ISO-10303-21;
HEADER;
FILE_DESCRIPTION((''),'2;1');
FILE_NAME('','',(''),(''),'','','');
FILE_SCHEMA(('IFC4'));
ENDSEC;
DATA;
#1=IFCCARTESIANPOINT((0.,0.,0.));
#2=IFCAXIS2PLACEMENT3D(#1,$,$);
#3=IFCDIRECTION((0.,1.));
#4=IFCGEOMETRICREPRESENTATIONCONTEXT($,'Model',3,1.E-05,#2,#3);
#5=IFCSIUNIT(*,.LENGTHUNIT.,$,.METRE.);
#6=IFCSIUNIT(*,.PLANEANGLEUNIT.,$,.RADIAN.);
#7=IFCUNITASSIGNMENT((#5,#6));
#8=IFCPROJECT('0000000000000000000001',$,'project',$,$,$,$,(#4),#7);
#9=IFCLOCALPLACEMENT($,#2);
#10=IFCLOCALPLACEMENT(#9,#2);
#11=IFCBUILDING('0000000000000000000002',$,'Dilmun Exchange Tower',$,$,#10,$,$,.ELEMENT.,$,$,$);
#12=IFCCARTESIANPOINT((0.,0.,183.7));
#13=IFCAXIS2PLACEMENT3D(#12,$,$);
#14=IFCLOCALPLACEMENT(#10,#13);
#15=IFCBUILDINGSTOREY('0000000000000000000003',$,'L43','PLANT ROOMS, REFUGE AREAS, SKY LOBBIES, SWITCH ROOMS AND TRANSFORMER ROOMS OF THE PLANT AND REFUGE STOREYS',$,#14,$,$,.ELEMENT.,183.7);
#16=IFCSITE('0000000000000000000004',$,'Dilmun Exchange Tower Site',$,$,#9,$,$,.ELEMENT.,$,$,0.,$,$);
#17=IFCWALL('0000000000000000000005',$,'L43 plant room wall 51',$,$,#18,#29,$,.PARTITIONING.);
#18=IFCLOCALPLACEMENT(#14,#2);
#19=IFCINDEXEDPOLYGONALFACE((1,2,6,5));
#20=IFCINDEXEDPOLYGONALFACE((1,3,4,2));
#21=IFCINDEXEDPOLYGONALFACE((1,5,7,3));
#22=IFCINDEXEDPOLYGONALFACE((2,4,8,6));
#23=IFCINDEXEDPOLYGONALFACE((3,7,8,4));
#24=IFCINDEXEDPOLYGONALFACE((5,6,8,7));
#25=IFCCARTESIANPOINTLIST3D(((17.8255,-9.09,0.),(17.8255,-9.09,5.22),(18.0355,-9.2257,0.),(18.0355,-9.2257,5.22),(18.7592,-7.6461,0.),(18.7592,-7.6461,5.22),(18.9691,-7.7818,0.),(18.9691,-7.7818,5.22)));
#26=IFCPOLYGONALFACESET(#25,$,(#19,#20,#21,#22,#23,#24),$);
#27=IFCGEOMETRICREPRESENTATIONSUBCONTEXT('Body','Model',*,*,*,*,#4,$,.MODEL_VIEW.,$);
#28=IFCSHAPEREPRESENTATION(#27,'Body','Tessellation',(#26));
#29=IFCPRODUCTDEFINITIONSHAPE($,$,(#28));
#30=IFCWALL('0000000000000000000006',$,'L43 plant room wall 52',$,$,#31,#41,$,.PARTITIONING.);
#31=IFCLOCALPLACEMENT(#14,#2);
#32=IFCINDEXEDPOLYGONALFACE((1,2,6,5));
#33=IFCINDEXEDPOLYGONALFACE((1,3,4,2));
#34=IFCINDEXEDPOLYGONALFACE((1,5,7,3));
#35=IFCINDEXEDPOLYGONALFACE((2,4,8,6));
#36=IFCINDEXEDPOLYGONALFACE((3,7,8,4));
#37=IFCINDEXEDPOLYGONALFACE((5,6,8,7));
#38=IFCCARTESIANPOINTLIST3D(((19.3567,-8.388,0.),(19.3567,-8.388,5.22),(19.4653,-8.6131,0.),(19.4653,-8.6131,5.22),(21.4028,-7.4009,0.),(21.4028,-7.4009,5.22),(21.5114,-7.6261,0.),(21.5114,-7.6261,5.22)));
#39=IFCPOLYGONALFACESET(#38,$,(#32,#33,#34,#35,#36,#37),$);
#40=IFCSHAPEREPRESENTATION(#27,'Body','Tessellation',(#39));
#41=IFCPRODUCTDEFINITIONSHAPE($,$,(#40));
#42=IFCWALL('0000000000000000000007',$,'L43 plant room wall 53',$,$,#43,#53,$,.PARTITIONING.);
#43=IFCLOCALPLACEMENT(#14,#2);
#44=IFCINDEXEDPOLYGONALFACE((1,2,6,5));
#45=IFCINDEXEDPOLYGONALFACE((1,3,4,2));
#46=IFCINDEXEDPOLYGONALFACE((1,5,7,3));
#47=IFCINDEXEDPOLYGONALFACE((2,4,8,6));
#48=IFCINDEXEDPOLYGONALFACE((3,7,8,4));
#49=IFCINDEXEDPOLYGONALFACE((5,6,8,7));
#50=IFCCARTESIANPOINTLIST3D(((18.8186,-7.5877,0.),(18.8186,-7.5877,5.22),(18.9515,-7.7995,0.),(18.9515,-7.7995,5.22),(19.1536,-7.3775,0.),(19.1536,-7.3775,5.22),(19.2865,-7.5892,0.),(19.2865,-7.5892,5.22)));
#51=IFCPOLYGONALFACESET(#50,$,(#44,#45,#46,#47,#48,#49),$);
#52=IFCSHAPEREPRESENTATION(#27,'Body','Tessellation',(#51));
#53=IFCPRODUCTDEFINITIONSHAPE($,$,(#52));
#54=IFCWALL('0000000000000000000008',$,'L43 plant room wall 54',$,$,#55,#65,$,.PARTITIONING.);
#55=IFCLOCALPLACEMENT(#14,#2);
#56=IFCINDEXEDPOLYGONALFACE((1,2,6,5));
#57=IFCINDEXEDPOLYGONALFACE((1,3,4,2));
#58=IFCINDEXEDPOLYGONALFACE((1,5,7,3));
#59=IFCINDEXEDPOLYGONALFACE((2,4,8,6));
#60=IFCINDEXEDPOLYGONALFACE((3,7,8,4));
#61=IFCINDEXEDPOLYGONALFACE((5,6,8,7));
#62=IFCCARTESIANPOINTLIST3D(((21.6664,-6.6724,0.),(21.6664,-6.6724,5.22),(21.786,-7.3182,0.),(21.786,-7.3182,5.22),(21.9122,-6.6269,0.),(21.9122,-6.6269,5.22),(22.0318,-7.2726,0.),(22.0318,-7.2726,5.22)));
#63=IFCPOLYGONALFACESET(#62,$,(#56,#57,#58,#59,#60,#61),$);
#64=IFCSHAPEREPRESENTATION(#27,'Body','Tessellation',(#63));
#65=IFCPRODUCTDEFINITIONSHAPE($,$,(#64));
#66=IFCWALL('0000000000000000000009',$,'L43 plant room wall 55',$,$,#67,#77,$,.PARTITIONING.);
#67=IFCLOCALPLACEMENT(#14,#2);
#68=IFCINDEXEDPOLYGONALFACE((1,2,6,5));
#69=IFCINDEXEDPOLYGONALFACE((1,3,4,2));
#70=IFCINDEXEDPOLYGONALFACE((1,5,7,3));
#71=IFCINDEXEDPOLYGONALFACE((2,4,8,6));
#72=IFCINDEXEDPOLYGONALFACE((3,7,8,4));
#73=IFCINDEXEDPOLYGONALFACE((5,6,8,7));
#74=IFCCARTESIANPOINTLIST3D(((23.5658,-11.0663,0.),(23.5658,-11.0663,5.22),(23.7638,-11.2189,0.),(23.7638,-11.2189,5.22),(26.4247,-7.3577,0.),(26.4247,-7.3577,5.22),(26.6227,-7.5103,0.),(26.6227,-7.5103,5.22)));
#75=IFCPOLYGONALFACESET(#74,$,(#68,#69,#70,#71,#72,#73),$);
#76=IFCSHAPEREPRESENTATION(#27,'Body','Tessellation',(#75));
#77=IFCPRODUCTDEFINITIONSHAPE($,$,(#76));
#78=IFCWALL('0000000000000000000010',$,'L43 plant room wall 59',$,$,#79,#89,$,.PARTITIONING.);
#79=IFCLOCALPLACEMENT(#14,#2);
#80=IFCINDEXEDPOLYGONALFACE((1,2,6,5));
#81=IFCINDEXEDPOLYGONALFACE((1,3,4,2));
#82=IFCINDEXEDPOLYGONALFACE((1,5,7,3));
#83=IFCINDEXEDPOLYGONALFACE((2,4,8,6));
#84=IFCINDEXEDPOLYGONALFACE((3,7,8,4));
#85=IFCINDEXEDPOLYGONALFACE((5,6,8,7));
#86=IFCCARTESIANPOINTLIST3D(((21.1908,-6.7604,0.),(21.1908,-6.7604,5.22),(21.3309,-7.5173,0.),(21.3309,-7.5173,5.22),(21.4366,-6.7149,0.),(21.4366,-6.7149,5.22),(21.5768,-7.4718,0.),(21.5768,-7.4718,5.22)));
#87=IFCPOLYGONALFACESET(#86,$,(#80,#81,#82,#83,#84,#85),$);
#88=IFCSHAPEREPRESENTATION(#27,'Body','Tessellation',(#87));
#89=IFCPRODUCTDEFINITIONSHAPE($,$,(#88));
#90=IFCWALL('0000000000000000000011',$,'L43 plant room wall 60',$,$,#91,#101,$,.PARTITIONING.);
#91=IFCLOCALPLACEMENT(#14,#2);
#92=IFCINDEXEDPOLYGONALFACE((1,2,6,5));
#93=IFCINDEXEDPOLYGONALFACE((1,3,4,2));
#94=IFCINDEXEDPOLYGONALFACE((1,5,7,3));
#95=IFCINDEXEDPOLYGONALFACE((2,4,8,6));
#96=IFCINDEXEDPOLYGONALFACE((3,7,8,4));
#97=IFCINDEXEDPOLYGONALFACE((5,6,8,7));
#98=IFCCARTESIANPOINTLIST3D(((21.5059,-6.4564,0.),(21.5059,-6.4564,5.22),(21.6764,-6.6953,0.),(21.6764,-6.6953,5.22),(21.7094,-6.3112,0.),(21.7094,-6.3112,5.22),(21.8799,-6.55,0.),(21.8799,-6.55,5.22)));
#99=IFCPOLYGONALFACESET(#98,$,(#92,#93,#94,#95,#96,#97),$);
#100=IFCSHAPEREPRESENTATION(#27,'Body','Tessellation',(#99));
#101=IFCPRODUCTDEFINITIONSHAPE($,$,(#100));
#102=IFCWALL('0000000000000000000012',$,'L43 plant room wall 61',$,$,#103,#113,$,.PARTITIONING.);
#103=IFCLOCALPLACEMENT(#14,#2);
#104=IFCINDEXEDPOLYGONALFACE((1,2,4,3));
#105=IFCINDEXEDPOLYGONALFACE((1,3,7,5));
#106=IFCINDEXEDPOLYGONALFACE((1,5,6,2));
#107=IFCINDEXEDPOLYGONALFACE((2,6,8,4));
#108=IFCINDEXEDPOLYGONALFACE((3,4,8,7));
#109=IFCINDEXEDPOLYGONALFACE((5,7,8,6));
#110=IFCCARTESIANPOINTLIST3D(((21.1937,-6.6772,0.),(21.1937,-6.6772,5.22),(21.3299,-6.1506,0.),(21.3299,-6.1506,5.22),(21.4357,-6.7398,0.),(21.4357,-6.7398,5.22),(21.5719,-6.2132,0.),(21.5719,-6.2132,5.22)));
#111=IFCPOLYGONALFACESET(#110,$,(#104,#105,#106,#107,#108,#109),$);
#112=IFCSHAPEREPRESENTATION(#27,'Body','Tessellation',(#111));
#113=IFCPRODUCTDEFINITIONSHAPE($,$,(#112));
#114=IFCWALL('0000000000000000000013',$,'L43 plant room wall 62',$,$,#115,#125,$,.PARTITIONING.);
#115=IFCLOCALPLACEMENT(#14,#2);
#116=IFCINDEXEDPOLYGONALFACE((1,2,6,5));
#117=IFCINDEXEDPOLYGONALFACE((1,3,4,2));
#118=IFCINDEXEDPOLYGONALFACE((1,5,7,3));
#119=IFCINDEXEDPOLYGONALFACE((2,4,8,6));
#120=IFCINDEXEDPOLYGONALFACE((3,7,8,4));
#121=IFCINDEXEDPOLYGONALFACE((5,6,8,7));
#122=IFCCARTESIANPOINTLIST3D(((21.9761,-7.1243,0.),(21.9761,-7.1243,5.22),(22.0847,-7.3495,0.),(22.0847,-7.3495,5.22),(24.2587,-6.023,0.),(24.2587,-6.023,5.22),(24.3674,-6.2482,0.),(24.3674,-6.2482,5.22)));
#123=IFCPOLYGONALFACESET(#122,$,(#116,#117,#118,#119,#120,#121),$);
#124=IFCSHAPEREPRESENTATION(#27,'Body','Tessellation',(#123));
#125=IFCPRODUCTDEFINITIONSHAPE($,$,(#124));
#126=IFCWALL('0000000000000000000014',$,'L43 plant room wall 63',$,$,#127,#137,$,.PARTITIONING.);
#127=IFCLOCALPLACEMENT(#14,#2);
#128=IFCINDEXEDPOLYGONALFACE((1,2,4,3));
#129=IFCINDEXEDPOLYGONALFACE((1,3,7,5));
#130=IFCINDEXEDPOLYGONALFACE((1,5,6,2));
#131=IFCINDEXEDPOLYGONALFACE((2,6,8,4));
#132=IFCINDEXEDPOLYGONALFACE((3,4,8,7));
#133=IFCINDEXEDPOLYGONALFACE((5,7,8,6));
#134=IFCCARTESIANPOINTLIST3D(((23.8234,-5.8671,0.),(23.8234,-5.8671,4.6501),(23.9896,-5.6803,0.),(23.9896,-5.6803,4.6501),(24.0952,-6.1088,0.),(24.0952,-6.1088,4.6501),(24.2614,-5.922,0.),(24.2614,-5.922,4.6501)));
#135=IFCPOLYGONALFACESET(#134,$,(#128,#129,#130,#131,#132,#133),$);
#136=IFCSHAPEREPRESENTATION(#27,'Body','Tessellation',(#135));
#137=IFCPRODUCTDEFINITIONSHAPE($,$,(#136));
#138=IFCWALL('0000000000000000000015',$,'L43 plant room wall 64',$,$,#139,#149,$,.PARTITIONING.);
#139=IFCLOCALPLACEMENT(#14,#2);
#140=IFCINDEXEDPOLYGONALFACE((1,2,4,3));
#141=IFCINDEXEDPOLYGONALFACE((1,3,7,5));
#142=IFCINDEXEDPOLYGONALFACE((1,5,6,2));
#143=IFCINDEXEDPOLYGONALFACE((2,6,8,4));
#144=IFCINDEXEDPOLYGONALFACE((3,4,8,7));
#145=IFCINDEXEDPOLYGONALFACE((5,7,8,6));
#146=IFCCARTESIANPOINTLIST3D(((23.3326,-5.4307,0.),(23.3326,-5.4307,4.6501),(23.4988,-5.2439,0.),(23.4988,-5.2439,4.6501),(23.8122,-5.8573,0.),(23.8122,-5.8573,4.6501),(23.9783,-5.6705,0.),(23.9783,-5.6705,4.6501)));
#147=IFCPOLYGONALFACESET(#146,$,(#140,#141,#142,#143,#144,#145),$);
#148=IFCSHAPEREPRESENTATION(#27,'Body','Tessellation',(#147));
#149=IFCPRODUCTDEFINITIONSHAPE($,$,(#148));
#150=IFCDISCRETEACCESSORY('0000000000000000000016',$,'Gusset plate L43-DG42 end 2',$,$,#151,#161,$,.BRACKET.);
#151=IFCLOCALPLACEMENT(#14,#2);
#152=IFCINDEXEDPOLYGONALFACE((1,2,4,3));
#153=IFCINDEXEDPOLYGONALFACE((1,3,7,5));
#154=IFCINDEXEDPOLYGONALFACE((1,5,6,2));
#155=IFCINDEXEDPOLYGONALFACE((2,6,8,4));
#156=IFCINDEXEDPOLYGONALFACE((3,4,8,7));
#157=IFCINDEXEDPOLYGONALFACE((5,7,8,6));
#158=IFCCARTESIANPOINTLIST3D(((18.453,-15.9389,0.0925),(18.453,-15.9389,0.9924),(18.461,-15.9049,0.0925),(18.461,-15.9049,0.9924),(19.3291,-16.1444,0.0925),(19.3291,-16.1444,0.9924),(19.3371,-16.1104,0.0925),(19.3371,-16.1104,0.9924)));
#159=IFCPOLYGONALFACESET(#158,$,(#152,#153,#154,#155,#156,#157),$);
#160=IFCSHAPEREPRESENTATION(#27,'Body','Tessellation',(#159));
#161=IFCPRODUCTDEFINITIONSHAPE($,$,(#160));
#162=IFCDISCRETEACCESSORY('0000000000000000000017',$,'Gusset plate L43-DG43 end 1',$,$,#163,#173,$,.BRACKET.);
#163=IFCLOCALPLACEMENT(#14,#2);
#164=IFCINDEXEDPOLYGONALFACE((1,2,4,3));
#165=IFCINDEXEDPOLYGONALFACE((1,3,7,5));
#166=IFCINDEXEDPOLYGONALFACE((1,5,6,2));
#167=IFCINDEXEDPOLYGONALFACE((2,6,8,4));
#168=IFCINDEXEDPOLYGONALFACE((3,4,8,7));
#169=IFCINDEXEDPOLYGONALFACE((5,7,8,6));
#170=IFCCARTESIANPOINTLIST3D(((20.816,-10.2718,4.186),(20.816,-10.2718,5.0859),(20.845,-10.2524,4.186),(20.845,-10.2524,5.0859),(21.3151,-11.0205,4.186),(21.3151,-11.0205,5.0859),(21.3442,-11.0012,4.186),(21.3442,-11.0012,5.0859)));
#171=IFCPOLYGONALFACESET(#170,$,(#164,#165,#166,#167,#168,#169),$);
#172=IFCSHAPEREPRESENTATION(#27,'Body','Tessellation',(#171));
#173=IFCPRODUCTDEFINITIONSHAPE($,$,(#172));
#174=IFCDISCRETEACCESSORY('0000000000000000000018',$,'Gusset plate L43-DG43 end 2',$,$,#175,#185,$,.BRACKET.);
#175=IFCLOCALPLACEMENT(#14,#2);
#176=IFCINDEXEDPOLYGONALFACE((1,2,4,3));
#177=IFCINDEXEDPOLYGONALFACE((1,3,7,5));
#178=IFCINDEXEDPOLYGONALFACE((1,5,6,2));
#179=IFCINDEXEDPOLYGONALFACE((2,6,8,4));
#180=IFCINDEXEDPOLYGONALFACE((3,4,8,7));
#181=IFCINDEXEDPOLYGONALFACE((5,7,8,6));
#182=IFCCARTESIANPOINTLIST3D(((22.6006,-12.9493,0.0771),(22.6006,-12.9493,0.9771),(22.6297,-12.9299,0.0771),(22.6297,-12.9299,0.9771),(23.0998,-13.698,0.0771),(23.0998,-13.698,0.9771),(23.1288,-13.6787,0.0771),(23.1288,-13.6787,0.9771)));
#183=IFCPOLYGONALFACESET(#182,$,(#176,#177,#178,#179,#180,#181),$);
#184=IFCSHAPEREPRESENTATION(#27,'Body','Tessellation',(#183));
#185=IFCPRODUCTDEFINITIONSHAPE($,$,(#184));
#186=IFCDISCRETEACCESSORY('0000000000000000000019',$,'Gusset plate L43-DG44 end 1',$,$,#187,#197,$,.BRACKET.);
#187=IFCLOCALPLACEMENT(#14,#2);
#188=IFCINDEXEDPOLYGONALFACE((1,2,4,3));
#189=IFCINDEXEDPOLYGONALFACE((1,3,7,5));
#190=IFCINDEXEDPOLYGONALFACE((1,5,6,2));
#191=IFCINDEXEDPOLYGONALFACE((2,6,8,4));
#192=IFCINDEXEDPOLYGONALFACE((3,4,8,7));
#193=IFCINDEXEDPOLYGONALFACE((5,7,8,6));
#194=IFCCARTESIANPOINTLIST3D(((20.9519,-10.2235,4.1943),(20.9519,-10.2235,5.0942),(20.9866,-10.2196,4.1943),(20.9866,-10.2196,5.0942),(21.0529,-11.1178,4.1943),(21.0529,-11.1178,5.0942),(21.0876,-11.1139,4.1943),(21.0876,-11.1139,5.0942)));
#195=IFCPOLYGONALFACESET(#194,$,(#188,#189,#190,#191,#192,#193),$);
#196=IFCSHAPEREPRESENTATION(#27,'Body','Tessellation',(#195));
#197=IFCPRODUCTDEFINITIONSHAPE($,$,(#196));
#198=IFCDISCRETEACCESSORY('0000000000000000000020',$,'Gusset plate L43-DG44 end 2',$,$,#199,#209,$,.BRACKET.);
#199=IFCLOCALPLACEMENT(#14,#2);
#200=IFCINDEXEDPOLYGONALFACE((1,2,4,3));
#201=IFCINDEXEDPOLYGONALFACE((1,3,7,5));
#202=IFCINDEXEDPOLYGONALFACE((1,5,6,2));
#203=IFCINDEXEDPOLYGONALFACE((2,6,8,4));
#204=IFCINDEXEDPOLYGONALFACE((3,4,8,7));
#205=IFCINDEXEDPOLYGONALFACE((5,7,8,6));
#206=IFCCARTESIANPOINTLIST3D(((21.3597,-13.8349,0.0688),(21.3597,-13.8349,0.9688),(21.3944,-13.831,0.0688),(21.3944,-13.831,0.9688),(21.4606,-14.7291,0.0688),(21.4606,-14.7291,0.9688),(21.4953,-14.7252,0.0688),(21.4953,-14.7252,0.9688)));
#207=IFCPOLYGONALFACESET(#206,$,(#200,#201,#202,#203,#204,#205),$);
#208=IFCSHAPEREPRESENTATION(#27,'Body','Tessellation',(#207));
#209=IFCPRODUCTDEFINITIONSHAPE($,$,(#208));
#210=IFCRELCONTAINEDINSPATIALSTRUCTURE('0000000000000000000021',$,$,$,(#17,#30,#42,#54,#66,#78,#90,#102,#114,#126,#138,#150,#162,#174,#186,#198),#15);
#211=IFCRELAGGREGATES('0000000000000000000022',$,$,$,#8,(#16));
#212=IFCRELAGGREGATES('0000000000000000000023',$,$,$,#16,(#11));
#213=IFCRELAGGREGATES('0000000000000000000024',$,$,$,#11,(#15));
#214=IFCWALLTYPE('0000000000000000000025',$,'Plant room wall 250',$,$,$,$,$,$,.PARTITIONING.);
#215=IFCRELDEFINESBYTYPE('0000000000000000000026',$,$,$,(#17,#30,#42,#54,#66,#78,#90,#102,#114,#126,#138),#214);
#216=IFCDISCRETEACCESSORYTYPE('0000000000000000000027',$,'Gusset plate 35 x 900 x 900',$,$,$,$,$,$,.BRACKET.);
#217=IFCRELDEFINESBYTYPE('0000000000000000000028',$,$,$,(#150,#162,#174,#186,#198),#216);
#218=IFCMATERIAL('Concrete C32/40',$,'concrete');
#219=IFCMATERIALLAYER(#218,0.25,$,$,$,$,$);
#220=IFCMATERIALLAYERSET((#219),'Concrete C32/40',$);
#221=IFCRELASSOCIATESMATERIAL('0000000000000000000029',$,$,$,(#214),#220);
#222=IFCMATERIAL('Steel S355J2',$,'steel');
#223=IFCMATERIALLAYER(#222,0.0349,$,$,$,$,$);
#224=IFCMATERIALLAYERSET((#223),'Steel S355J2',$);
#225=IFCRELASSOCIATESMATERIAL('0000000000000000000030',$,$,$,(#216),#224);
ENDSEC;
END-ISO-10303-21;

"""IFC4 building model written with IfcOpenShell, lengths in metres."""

from ifc_helpers import new_model, si_unit, direction, frame, frame_2d, origin, origin_2d, place, context, subcontext, project, spatial, rectangle, extrude, material, layer, layer_set, type_object, element, save


model = new_model("IFC4")

# Units and contexts
model_context = context("Model", 3, precision=1e-05, world=origin(), true_north=direction((0.0, 1.0)))
body_context = subcontext(model_context, "Body", "Model", "MODEL_VIEW")
ifc_project = project(units=[si_unit("LENGTHUNIT", "METRE"), si_unit("PLANEANGLEUNIT", "RADIAN")], contexts=[model_context])

# Site, building, storey
site_placement = place(None, origin())
site = spatial("IfcSite", under=ifc_project, at=site_placement, Name="Dilmun Exchange Tower Site", CompositionType="ELEMENT", RefElevation=0.0)
building_placement = place(site_placement, origin())
building = spatial("IfcBuilding", under=site, at=building_placement, Name="Dilmun Exchange Tower", CompositionType="ELEMENT")
storey_placement = place(building_placement, frame((0.0, 0.0, 183.7)))
storey = spatial("IfcBuildingStorey", under=building, at=storey_placement, Name="L43", Description="PLANT ROOMS, REFUGE AREAS, SKY LOBBIES, SWITCH ROOMS AND TRANSFORMER ROOMS OF THE PLANT AND REFUGE STOREYS", CompositionType="ELEMENT", Elevation=183.7)

# Walls
ifc_material_1 = material(Name="Concrete C32/40", Category="concrete")
ifc_layer_1 = layer(ifc_material_1, 0.25)
ifc_layer_set_1 = layer_set([ifc_layer_1], Name="Concrete C32/40")
wall_type = type_object("IfcWallType", Name="Plant room wall 250", PredefinedType="PARTITIONING", material=ifc_layer_set_1)
wall_1_placement = place(storey_placement, frame((17.9304, -9.158, 0.0), z_axis=(0.0, 0.0, 1.0), x_axis=(0.54298, 0.839745, 0.0)))
element("IfcWall", 1, at=wall_1_placement, inside=storey, type_object=wall_type, Name="L43 plant room wall 51", PredefinedType="PARTITIONING", context=body_context, shape_type="SweptSolid", body=[
    extrude(rectangle(XDim=1.7195, YDim=0.25, at=frame_2d((0.8599, 0.0))), origin(), (0.0, 0.0, 1.0), 5.22),
])
wall_2_placement = place(storey_placement, frame((19.4111, -8.5005, 0.0), z_axis=(0.0, 0.0, 1.0), x_axis=(0.900678, 0.434488, 0.0)))
element("IfcWall", 2, at=wall_2_placement, inside=storey, type_object=wall_type, Name="L43 plant room wall 52", PredefinedType="PARTITIONING", context=body_context, shape_type="SweptSolid", body=[
    extrude(rectangle(XDim=2.2717, YDim=0.25, at=frame_2d((1.1357, 0.0))), origin(), (0.0, 0.0, 1.0), 5.22),
])
wall_3_placement = place(storey_placement, frame((18.885, -7.6936, 0.0), z_axis=(0.0, 0.0, 1.0), x_axis=(0.847026, 0.531552, 0.0)))
element("IfcWall", 3, at=wall_3_placement, inside=storey, type_object=wall_type, Name="L43 plant room wall 53", PredefinedType="PARTITIONING", context=body_context, shape_type="SweptSolid", body=[
    extrude(rectangle(XDim=0.3955, YDim=0.25, at=frame_2d((0.1978, 0.0))), origin(), (0.0, 0.0, 1.0), 5.22),
])
wall_4_placement = place(storey_placement, frame((21.7893, -6.6497, 0.0), z_axis=(0.0, 0.0, 1.0), x_axis=(0.182156, -0.98327, 0.0)))
element("IfcWall", 4, at=wall_4_placement, inside=storey, type_object=wall_type, Name="L43 plant room wall 54", PredefinedType="PARTITIONING", context=body_context, shape_type="SweptSolid", body=[
    extrude(rectangle(XDim=0.6567, YDim=0.25, at=frame_2d((0.3284, 0.0))), origin(), (0.0, 0.0, 1.0), 5.22),
])
wall_5_placement = place(storey_placement, frame((23.6648, -11.1426, 0.0), z_axis=(0.0, 0.0, 1.0), x_axis=(0.610542, 0.791984, 0.0)))
element("IfcWall", 5, at=wall_5_placement, inside=storey, type_object=wall_type, Name="L43 plant room wall 55", PredefinedType="PARTITIONING", context=body_context, shape_type="SweptSolid", body=[
    extrude(rectangle(XDim=4.6826, YDim=0.25, at=frame_2d((2.3413, 0.0))), origin(), (0.0, 0.0, 1.0), 5.22),
])
wall_6_placement = place(storey_placement, frame((21.3137, -6.7378, 0.0), z_axis=(0.0, 0.0, 1.0), x_axis=(0.182067, -0.983286, 0.0)))
element("IfcWall", 6, at=wall_6_placement, inside=storey, type_object=wall_type, Name="L43 plant room wall 59", PredefinedType="PARTITIONING", context=body_context, shape_type="SweptSolid", body=[
    extrude(rectangle(XDim=0.7698, YDim=0.25, at=frame_2d((0.3848, 0.0))), origin(), (0.0, 0.0, 1.0), 5.22),
])
wall_7_placement = place(storey_placement, frame((21.6077, -6.3838, 0.0), z_axis=(0.0, 0.0, 1.0), x_axis=(0.580923, -0.813958, 0.0)))
element("IfcWall", 7, at=wall_7_placement, inside=storey, type_object=wall_type, Name="L43 plant room wall 60", PredefinedType="PARTITIONING", context=body_context, shape_type="SweptSolid", body=[
    extrude(rectangle(XDim=0.2935, YDim=0.25, at=frame_2d((0.1467, 0.0))), origin(), (0.0, 0.0, 1.0), 5.22),
])
wall_8_placement = place(storey_placement, frame((21.3147, -6.7085, 0.0), z_axis=(0.0, 0.0, 1.0), x_axis=(0.250448, 0.96813, 0.0)))
element("IfcWall", 8, at=wall_8_placement, inside=storey, type_object=wall_type, Name="L43 plant room wall 61", PredefinedType="PARTITIONING", context=body_context, shape_type="SweptSolid", body=[
    extrude(rectangle(XDim=0.5439, YDim=0.25, at=frame_2d((0.272, 0.0))), origin(), (0.0, 0.0, 1.0), 5.22),
])
wall_9_placement = place(storey_placement, frame((22.0305, -7.2368, 0.0), z_axis=(0.0, 0.0, 1.0), x_axis=(0.900657, 0.434531, 0.0)))
element("IfcWall", 9, at=wall_9_placement, inside=storey, type_object=wall_type, Name="L43 plant room wall 62", PredefinedType="PARTITIONING", context=body_context, shape_type="SweptSolid", body=[
    extrude(rectangle(XDim=2.5344, YDim=0.25, at=frame_2d((1.2671, 0.0))), origin(), (0.0, 0.0, 1.0), 5.22),
])
wall_10_placement = place(storey_placement, frame((23.9065, -5.7737, 0.0), z_axis=(0.0, 0.0, 1.0), x_axis=(0.747187, -0.664614, 0.0)))
element("IfcWall", 10, at=wall_10_placement, inside=storey, type_object=wall_type, Name="L43 plant room wall 63", PredefinedType="PARTITIONING", context=body_context, shape_type="SweptSolid", body=[
    extrude(rectangle(XDim=0.3638, YDim=0.25, at=frame_2d((0.1819, 0.0))), origin(), (0.0, 0.0, 1.0), 4.6501),
])
wall_11_placement = place(storey_placement, frame((23.4158, -5.3374, 0.0), z_axis=(0.0, 0.0, 1.0), x_axis=(0.747178, -0.664624, 0.0)))
element("IfcWall", 11, at=wall_11_placement, inside=storey, type_object=wall_type, Name="L43 plant room wall 64", PredefinedType="PARTITIONING", context=body_context, shape_type="SweptSolid", body=[
    extrude(rectangle(XDim=0.6418, YDim=0.25, at=frame_2d((0.3208, 0.0))), origin(), (0.0, 0.0, 1.0), 4.6501),
])

# Discrete accessories
ifc_material_2 = material(Name="Steel S355J2", Category="steel")
ifc_layer_2 = layer(ifc_material_2, 0.0349)
ifc_layer_set_2 = layer_set([ifc_layer_2], Name="Steel S355J2")
discrete_accessory_type = type_object("IfcDiscreteAccessoryType", Name="Gusset plate 35 x 900 x 900", PredefinedType="BRACKET", material=ifc_layer_set_2)
for number, where, z_axis, x_axis, name in (
    (12, (18.895, -16.0247, 0.0925), (0.0, 0.0, 1.0), (0.973561, -0.228429, 0.0), "Gusset plate L43-DG42 end 2"),
    (13, (21.0801, -10.6365, 4.186), (0.0, 0.0, 1.0), (0.554673, -0.832068, 0.0), "Gusset plate L43-DG43 end 1"),
    (14, (22.8647, -13.314, 0.0771), (0.0, 0.0, 1.0), (0.554673, -0.832068, 0.0), "Gusset plate L43-DG43 end 2"),
    (15, (21.0198, -10.6687, 4.1943), (0.0, 0.0, 1.0), (0.112192, -0.993687, 0.0), "Gusset plate L43-DG44 end 1"),
    (16, (21.4275, -14.28, 0.0688), (0.0, 0.0, 1.0), (0.112192, -0.993687, 0.0), "Gusset plate L43-DG44 end 2"),
):
    element("IfcDiscreteAccessory", number, at=place(storey_placement, frame(where, z_axis=z_axis, x_axis=x_axis)), inside=storey, type_object=discrete_accessory_type, Name=name, PredefinedType="BRACKET", context=body_context, shape_type="SweptSolid", body=[
        extrude(rectangle(XDim=0.8999, YDim=0.0349, at=origin_2d()), origin(), (0.0, 0.0, 1.0), 0.8999),
    ])

save(model, "model.ifc")
